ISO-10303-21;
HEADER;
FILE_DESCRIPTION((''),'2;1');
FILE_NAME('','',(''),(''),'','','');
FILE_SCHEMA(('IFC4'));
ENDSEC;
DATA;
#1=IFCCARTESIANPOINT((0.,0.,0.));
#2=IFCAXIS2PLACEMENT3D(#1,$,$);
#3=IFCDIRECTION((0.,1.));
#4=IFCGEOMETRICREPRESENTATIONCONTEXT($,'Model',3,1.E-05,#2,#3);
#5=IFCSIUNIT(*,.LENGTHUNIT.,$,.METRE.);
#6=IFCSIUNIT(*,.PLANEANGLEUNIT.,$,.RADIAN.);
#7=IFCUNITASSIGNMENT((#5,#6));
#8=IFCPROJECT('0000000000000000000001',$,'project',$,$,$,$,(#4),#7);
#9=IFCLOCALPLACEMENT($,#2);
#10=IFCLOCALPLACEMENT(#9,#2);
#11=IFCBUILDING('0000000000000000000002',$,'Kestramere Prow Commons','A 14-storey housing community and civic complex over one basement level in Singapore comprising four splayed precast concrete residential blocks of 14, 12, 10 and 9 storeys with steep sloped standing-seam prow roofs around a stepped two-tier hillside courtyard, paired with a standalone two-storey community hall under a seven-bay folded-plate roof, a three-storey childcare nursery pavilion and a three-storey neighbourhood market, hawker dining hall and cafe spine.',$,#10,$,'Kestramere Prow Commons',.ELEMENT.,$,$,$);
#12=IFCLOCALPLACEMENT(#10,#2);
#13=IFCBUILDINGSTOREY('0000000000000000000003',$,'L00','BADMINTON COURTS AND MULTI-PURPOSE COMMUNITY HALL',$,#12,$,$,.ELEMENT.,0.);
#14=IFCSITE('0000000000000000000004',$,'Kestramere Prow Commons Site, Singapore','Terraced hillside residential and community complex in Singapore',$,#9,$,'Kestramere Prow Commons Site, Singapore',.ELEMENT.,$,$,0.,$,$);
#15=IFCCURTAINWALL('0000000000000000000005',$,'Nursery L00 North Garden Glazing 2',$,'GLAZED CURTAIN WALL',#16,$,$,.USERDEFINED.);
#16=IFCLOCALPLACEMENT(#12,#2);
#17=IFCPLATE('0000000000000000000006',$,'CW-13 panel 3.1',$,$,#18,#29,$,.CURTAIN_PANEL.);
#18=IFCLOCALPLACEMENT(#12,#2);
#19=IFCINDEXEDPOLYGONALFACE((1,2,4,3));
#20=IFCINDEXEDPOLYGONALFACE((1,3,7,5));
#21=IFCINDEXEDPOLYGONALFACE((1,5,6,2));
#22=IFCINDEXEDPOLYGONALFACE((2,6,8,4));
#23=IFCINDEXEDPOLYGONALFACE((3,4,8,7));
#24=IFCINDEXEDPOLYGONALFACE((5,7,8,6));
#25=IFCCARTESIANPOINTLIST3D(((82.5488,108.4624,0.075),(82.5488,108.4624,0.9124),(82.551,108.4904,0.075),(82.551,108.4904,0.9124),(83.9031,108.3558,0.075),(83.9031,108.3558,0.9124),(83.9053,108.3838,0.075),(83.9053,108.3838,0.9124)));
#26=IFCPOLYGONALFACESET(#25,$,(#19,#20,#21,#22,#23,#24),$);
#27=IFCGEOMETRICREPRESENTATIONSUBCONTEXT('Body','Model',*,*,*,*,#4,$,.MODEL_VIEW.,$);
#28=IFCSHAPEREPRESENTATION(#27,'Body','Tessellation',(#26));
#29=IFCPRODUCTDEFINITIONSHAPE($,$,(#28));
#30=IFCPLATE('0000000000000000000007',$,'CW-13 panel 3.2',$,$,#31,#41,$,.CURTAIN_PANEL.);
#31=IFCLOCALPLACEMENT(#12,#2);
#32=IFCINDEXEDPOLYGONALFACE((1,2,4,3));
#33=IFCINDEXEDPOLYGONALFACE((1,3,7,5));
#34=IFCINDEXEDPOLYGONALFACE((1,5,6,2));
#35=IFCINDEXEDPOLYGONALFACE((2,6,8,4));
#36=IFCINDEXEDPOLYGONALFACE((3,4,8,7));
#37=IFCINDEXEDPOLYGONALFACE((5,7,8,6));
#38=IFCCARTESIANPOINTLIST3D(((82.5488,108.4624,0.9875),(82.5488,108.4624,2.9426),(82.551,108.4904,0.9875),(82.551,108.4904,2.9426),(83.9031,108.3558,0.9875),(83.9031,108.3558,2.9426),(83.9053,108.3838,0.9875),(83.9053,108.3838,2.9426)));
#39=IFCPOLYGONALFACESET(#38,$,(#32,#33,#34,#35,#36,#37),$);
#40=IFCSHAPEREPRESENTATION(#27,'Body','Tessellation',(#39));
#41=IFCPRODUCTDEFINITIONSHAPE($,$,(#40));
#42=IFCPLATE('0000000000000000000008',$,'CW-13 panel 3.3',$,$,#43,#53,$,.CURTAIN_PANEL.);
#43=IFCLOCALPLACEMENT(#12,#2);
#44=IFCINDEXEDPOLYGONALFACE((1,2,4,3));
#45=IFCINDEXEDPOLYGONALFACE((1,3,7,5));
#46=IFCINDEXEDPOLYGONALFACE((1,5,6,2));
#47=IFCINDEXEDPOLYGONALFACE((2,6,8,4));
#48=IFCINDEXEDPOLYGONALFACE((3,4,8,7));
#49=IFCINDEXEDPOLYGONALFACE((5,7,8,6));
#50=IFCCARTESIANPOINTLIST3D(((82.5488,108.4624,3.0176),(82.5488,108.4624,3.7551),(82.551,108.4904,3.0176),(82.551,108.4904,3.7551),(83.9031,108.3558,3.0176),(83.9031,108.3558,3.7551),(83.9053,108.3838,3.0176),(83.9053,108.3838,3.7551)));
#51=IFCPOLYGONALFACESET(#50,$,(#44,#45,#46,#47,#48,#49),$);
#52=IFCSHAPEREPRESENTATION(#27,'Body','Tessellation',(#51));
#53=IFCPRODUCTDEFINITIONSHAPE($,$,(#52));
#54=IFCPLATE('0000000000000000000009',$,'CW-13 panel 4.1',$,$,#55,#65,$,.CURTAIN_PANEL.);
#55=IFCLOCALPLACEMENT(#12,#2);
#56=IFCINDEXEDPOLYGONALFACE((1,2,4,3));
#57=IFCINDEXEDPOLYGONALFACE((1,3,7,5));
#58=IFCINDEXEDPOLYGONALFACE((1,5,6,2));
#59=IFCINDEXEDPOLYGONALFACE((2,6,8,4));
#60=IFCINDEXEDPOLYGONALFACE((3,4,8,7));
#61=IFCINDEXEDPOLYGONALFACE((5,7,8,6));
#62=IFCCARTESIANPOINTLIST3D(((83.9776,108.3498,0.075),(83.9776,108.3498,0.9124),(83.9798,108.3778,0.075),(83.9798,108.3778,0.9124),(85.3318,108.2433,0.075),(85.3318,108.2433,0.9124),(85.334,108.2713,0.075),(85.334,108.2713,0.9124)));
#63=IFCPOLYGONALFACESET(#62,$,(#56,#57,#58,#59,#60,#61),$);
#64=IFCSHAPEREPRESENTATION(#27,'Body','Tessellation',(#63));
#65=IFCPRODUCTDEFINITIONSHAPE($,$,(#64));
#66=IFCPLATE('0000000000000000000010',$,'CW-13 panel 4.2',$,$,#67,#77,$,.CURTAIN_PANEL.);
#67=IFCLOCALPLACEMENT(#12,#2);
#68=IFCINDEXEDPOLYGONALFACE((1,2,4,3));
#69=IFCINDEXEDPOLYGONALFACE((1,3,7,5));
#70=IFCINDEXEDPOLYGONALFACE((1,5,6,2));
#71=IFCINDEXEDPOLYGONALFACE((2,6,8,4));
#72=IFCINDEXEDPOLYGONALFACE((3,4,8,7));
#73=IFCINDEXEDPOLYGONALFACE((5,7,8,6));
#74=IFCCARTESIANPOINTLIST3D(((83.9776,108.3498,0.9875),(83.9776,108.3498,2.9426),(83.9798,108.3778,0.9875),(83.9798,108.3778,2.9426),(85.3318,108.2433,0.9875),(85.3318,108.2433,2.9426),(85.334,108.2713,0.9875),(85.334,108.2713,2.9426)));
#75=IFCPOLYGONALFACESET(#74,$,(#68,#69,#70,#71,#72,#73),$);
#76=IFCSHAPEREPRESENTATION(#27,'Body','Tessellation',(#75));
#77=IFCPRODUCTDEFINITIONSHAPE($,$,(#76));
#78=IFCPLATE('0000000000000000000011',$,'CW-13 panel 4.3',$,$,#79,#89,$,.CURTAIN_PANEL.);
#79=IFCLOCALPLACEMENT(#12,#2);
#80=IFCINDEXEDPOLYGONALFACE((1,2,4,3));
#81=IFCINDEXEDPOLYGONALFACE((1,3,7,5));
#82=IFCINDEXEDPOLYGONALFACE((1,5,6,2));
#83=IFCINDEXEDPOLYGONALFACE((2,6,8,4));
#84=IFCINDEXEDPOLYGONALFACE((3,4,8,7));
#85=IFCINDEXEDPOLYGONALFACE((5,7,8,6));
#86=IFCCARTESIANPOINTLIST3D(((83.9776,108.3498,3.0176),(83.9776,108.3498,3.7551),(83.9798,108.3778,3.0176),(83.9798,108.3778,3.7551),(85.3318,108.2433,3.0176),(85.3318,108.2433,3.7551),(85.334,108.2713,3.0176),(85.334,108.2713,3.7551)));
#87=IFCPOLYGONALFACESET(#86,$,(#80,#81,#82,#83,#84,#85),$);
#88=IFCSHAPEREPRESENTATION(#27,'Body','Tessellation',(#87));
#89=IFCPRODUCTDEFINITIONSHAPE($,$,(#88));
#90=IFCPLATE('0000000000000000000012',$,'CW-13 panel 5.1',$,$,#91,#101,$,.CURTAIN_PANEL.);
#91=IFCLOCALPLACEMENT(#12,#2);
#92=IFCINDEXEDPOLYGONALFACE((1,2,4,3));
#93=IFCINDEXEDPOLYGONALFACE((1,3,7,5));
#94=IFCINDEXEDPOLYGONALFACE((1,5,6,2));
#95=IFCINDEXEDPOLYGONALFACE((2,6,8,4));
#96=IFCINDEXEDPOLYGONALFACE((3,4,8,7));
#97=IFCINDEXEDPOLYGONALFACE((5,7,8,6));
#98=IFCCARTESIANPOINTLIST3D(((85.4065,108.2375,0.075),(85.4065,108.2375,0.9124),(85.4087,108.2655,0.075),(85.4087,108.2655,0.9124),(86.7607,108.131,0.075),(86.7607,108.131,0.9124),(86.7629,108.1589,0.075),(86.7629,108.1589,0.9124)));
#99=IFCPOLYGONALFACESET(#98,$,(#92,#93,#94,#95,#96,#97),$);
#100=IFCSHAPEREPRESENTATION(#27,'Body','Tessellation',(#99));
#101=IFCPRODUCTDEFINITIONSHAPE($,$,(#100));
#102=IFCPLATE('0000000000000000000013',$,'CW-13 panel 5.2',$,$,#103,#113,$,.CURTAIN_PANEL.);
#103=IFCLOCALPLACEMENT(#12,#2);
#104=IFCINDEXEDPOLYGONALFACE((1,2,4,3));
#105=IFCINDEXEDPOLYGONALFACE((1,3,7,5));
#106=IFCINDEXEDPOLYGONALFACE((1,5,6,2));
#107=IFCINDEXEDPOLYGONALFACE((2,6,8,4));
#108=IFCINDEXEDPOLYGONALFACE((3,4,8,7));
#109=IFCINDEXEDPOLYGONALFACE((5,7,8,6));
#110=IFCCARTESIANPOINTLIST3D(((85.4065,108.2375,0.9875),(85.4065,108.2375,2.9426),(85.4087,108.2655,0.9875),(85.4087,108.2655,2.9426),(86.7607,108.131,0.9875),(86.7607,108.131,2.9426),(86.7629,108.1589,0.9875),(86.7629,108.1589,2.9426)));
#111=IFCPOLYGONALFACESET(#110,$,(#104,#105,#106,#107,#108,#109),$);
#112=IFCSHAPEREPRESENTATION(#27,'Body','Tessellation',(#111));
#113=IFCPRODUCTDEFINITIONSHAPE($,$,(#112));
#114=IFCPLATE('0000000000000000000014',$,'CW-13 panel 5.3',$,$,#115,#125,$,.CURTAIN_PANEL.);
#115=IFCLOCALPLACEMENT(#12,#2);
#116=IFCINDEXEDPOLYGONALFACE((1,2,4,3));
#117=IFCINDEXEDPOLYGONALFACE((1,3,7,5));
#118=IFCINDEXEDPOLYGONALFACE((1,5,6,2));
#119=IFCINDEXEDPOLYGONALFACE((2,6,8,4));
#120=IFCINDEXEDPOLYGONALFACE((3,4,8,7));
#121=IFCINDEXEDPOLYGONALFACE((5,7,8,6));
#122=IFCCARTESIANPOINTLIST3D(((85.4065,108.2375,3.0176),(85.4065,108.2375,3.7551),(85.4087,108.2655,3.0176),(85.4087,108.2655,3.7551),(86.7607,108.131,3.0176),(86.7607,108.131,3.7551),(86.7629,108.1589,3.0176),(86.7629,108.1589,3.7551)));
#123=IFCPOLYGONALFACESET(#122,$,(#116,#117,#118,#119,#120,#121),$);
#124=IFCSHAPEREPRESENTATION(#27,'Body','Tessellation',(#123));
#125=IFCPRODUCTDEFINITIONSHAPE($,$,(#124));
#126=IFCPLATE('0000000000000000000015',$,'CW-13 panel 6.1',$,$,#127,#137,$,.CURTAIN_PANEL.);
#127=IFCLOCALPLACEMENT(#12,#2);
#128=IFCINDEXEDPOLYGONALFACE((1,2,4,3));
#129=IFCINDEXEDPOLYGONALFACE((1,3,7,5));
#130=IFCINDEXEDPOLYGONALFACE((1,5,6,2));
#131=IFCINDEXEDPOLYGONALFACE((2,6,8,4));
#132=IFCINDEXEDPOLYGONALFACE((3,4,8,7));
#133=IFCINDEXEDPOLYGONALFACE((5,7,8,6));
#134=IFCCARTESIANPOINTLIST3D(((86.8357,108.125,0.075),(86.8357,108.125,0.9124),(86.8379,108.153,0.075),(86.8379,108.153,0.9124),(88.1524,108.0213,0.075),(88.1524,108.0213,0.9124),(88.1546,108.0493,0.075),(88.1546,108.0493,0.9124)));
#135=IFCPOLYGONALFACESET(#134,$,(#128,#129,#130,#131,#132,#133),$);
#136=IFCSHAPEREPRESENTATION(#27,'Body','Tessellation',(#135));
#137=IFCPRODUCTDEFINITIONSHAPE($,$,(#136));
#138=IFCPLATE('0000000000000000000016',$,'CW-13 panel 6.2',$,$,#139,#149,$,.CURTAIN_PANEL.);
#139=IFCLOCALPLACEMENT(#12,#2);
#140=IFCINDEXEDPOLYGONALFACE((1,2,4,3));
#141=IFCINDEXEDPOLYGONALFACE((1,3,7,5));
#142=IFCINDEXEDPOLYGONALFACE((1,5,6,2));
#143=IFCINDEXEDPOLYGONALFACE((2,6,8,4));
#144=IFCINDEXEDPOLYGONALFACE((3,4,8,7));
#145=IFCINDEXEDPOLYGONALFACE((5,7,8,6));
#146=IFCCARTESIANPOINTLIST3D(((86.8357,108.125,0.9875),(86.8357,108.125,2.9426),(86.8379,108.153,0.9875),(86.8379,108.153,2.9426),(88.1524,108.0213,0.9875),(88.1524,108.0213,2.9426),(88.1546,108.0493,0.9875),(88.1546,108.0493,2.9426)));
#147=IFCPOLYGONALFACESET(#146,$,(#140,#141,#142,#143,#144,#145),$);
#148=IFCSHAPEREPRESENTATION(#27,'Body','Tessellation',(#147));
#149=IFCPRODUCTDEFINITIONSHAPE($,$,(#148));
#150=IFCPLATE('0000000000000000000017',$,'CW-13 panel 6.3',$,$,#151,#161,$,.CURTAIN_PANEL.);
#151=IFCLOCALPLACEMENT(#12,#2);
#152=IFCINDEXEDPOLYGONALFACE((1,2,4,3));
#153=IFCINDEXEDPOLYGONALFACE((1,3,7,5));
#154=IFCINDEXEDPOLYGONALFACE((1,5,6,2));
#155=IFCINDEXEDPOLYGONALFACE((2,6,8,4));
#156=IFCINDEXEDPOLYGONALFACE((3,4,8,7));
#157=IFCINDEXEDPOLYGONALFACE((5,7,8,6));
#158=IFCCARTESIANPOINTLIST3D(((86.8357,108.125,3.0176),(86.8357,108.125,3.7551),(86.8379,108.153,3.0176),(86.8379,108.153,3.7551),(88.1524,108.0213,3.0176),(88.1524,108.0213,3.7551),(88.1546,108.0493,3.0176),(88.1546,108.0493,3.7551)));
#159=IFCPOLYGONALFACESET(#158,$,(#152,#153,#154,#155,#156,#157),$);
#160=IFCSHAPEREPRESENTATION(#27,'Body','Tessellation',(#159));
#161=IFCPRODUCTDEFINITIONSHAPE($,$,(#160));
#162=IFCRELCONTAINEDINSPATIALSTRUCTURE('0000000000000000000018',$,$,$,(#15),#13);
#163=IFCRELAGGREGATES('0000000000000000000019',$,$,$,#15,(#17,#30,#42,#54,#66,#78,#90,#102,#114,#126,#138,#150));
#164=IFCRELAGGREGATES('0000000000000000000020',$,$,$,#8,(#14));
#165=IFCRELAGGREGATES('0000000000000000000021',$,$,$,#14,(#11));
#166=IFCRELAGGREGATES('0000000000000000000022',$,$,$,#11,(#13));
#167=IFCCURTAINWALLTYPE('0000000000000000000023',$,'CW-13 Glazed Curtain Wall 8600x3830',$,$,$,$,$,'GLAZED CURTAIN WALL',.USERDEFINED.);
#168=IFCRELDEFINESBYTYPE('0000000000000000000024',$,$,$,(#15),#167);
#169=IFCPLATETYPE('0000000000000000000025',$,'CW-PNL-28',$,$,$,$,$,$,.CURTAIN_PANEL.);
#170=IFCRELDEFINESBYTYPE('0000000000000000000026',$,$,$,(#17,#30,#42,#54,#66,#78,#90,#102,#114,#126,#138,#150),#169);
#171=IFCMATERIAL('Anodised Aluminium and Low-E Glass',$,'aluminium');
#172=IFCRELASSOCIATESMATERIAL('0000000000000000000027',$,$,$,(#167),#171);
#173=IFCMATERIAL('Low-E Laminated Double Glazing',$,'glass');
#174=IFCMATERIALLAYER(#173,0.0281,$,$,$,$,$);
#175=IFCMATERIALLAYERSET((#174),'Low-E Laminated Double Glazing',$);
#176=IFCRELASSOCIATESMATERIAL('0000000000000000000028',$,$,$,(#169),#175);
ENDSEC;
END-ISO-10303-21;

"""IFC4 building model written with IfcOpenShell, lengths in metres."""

from ifc_helpers import new_model, si_unit, direction, frame, origin, origin_2d, place, context, subcontext, project, spatial, rectangle, extrude, material, layer, layer_set, type_object, element, aggregate, save


model = new_model("IFC4")

# Units and contexts
model_context = context("Model", 3, precision=1e-05, world=origin(), true_north=direction((0.0, 1.0)))
body_context = subcontext(model_context, "Body", "Model", "MODEL_VIEW")
ifc_project = project(units=[si_unit("LENGTHUNIT", "METRE"), si_unit("PLANEANGLEUNIT", "RADIAN")], contexts=[model_context])

# Site, building, storey
site_placement = place(None, origin())
site = spatial("IfcSite", under=ifc_project, at=site_placement, Name="Kestramere Prow Commons Site, Singapore", Description="Terraced hillside residential and community complex in Singapore", LongName="Kestramere Prow Commons Site, Singapore", CompositionType="ELEMENT", RefElevation=0.0)
building_placement = place(site_placement, origin())
building = spatial("IfcBuilding", under=site, at=building_placement, Name="Kestramere Prow Commons", Description="A 14-storey housing community and civic complex over one basement level in Singapore comprising four splayed precast concrete residential blocks of 14, 12, 10 and 9 storeys with steep sloped standing-seam prow roofs around a stepped two-tier hillside courtyard, paired with a standalone two-storey community hall under a seven-bay folded-plate roof, a three-storey childcare nursery pavilion and a three-storey neighbourhood market, hawker dining hall and cafe spine.", LongName="Kestramere Prow Commons", CompositionType="ELEMENT")
storey_placement = place(building_placement, origin())
storey = spatial("IfcBuildingStorey", under=building, at=storey_placement, Name="L00", Description="BADMINTON COURTS AND MULTI-PURPOSE COMMUNITY HALL", CompositionType="ELEMENT", Elevation=0.0)

# Curtain wall, plates
ifc_material_1 = material(Name="Anodised Aluminium and Low-E Glass", Category="aluminium")
curtain_wall_type = type_object("IfcCurtainWallType", Name="CW-13 Glazed Curtain Wall 8600x3830", ElementType="GLAZED CURTAIN WALL", PredefinedType="USERDEFINED", material=ifc_material_1)
curtain_wall_placement = place(storey_placement, origin())
curtain_wall = element("IfcCurtainWall", 1, at=curtain_wall_placement, inside=storey, type_object=curtain_wall_type, Name="Nursery L00 North Garden Glazing 2", ObjectType="GLAZED CURTAIN WALL", PredefinedType="USERDEFINED")
ifc_material_2 = material(Name="Low-E Laminated Double Glazing", Category="glass")
ifc_layer = layer(ifc_material_2, 0.0281)
ifc_layer_set = layer_set([ifc_layer], Name="Low-E Laminated Double Glazing")
plate_type = type_object("IfcPlateType", Name="CW-PNL-28", PredefinedType="CURTAIN_PANEL", material=ifc_layer_set)
plate_1_placement = place(storey_placement, frame((83.2271, 108.4231, 0.075), z_axis=(0.0, 0.0, 1.0), x_axis=(0.996917, -0.078459, 0.0)))
plate_1 = element("IfcPlate", 2, at=plate_1_placement, type_object=plate_type, Name="CW-13 panel 3.1", PredefinedType="CURTAIN_PANEL", context=body_context, shape_type="SweptSolid", body=[
    extrude(rectangle(XDim=1.3584, YDim=0.0281, at=origin_2d()), origin(), (0.0, 0.0, 1.0), 0.8374),
])
plate_2_placement = place(storey_placement, frame((83.2271, 108.4231, 0.9875), z_axis=(0.0, 0.0, 1.0), x_axis=(0.996917, -0.078459, 0.0)))
plate_2 = element("IfcPlate", 3, at=plate_2_placement, type_object=plate_type, Name="CW-13 panel 3.2", PredefinedType="CURTAIN_PANEL", context=body_context, shape_type="SweptSolid", body=[
    extrude(rectangle(XDim=1.3584, YDim=0.0281, at=origin_2d()), origin(), (0.0, 0.0, 1.0), 1.9551),
])
plate_3_placement = place(storey_placement, frame((83.2271, 108.4231, 3.0176), z_axis=(0.0, 0.0, 1.0), x_axis=(0.996917, -0.078459, 0.0)))
plate_3 = element("IfcPlate", 4, at=plate_3_placement, type_object=plate_type, Name="CW-13 panel 3.3", PredefinedType="CURTAIN_PANEL", context=body_context, shape_type="SweptSolid", body=[
    extrude(rectangle(XDim=1.3584, YDim=0.0281, at=origin_2d()), origin(), (0.0, 0.0, 1.0), 0.7375),
])
plate_4_placement = place(storey_placement, frame((84.6558, 108.3105, 0.075), z_axis=(0.0, 0.0, 1.0), x_axis=(0.996917, -0.078459, 0.0)))
plate_4 = element("IfcPlate", 5, at=plate_4_placement, type_object=plate_type, Name="CW-13 panel 4.1", PredefinedType="CURTAIN_PANEL", context=body_context, shape_type="SweptSolid", body=[
    extrude(rectangle(XDim=1.3584, YDim=0.0281, at=origin_2d()), origin(), (0.0, 0.0, 1.0), 0.8374),
])
plate_5_placement = place(storey_placement, frame((84.6558, 108.3105, 0.9875), z_axis=(0.0, 0.0, 1.0), x_axis=(0.996917, -0.078459, 0.0)))
plate_5 = element("IfcPlate", 6, at=plate_5_placement, type_object=plate_type, Name="CW-13 panel 4.2", PredefinedType="CURTAIN_PANEL", context=body_context, shape_type="SweptSolid", body=[
    extrude(rectangle(XDim=1.3584, YDim=0.0281, at=origin_2d()), origin(), (0.0, 0.0, 1.0), 1.9551),
])
plate_6_placement = place(storey_placement, frame((84.6558, 108.3105, 3.0176), z_axis=(0.0, 0.0, 1.0), x_axis=(0.996917, -0.078459, 0.0)))
plate_6 = element("IfcPlate", 7, at=plate_6_placement, type_object=plate_type, Name="CW-13 panel 4.3", PredefinedType="CURTAIN_PANEL", context=body_context, shape_type="SweptSolid", body=[
    extrude(rectangle(XDim=1.3584, YDim=0.0281, at=origin_2d()), origin(), (0.0, 0.0, 1.0), 0.7375),
])
plate_7_placement = place(storey_placement, frame((86.0847, 108.1982, 0.075), z_axis=(0.0, 0.0, 1.0), x_axis=(0.996917, -0.078459, 0.0)))
plate_7 = element("IfcPlate", 8, at=plate_7_placement, type_object=plate_type, Name="CW-13 panel 5.1", PredefinedType="CURTAIN_PANEL", context=body_context, shape_type="SweptSolid", body=[
    extrude(rectangle(XDim=1.3584, YDim=0.0281, at=origin_2d()), origin(), (0.0, 0.0, 1.0), 0.8374),
])
plate_8_placement = place(storey_placement, frame((86.0847, 108.1982, 0.9875), z_axis=(0.0, 0.0, 1.0), x_axis=(0.996917, -0.078459, 0.0)))
plate_8 = element("IfcPlate", 9, at=plate_8_placement, type_object=plate_type, Name="CW-13 panel 5.2", PredefinedType="CURTAIN_PANEL", context=body_context, shape_type="SweptSolid", body=[
    extrude(rectangle(XDim=1.3584, YDim=0.0281, at=origin_2d()), origin(), (0.0, 0.0, 1.0), 1.9551),
])
plate_9_placement = place(storey_placement, frame((86.0847, 108.1982, 3.0176), z_axis=(0.0, 0.0, 1.0), x_axis=(0.996917, -0.078459, 0.0)))
plate_9 = element("IfcPlate", 10, at=plate_9_placement, type_object=plate_type, Name="CW-13 panel 5.3", PredefinedType="CURTAIN_PANEL", context=body_context, shape_type="SweptSolid", body=[
    extrude(rectangle(XDim=1.3584, YDim=0.0281, at=origin_2d()), origin(), (0.0, 0.0, 1.0), 0.7375),
])
plate_10_placement = place(storey_placement, frame((87.4951, 108.0872, 0.075), z_axis=(0.0, 0.0, 1.0), x_axis=(0.996917, -0.078459, 0.0)))
plate_10 = element("IfcPlate", 11, at=plate_10_placement, type_object=plate_type, Name="CW-13 panel 6.1", PredefinedType="CURTAIN_PANEL", context=body_context, shape_type="SweptSolid", body=[
    extrude(rectangle(XDim=1.3208, YDim=0.0281, at=origin_2d()), origin(), (0.0, 0.0, 1.0), 0.8374),
])
plate_11_placement = place(storey_placement, frame((87.4951, 108.0872, 0.9875), z_axis=(0.0, 0.0, 1.0), x_axis=(0.996917, -0.078459, 0.0)))
plate_11 = element("IfcPlate", 12, at=plate_11_placement, type_object=plate_type, Name="CW-13 panel 6.2", PredefinedType="CURTAIN_PANEL", context=body_context, shape_type="SweptSolid", body=[
    extrude(rectangle(XDim=1.3208, YDim=0.0281, at=origin_2d()), origin(), (0.0, 0.0, 1.0), 1.9551),
])
plate_12_placement = place(storey_placement, frame((87.4951, 108.0872, 3.0176), z_axis=(0.0, 0.0, 1.0), x_axis=(0.996917, -0.078459, 0.0)))
plate_12 = element("IfcPlate", 13, at=plate_12_placement, type_object=plate_type, Name="CW-13 panel 6.3", PredefinedType="CURTAIN_PANEL", context=body_context, shape_type="SweptSolid", body=[
    extrude(rectangle(XDim=1.3208, YDim=0.0281, at=origin_2d()), origin(), (0.0, 0.0, 1.0), 0.7375),
])
aggregate(curtain_wall, [plate_1, plate_2, plate_3, plate_4, plate_5, plate_6, plate_7, plate_8, plate_9, plate_10, plate_11, plate_12])

save(model, "model.ifc")
